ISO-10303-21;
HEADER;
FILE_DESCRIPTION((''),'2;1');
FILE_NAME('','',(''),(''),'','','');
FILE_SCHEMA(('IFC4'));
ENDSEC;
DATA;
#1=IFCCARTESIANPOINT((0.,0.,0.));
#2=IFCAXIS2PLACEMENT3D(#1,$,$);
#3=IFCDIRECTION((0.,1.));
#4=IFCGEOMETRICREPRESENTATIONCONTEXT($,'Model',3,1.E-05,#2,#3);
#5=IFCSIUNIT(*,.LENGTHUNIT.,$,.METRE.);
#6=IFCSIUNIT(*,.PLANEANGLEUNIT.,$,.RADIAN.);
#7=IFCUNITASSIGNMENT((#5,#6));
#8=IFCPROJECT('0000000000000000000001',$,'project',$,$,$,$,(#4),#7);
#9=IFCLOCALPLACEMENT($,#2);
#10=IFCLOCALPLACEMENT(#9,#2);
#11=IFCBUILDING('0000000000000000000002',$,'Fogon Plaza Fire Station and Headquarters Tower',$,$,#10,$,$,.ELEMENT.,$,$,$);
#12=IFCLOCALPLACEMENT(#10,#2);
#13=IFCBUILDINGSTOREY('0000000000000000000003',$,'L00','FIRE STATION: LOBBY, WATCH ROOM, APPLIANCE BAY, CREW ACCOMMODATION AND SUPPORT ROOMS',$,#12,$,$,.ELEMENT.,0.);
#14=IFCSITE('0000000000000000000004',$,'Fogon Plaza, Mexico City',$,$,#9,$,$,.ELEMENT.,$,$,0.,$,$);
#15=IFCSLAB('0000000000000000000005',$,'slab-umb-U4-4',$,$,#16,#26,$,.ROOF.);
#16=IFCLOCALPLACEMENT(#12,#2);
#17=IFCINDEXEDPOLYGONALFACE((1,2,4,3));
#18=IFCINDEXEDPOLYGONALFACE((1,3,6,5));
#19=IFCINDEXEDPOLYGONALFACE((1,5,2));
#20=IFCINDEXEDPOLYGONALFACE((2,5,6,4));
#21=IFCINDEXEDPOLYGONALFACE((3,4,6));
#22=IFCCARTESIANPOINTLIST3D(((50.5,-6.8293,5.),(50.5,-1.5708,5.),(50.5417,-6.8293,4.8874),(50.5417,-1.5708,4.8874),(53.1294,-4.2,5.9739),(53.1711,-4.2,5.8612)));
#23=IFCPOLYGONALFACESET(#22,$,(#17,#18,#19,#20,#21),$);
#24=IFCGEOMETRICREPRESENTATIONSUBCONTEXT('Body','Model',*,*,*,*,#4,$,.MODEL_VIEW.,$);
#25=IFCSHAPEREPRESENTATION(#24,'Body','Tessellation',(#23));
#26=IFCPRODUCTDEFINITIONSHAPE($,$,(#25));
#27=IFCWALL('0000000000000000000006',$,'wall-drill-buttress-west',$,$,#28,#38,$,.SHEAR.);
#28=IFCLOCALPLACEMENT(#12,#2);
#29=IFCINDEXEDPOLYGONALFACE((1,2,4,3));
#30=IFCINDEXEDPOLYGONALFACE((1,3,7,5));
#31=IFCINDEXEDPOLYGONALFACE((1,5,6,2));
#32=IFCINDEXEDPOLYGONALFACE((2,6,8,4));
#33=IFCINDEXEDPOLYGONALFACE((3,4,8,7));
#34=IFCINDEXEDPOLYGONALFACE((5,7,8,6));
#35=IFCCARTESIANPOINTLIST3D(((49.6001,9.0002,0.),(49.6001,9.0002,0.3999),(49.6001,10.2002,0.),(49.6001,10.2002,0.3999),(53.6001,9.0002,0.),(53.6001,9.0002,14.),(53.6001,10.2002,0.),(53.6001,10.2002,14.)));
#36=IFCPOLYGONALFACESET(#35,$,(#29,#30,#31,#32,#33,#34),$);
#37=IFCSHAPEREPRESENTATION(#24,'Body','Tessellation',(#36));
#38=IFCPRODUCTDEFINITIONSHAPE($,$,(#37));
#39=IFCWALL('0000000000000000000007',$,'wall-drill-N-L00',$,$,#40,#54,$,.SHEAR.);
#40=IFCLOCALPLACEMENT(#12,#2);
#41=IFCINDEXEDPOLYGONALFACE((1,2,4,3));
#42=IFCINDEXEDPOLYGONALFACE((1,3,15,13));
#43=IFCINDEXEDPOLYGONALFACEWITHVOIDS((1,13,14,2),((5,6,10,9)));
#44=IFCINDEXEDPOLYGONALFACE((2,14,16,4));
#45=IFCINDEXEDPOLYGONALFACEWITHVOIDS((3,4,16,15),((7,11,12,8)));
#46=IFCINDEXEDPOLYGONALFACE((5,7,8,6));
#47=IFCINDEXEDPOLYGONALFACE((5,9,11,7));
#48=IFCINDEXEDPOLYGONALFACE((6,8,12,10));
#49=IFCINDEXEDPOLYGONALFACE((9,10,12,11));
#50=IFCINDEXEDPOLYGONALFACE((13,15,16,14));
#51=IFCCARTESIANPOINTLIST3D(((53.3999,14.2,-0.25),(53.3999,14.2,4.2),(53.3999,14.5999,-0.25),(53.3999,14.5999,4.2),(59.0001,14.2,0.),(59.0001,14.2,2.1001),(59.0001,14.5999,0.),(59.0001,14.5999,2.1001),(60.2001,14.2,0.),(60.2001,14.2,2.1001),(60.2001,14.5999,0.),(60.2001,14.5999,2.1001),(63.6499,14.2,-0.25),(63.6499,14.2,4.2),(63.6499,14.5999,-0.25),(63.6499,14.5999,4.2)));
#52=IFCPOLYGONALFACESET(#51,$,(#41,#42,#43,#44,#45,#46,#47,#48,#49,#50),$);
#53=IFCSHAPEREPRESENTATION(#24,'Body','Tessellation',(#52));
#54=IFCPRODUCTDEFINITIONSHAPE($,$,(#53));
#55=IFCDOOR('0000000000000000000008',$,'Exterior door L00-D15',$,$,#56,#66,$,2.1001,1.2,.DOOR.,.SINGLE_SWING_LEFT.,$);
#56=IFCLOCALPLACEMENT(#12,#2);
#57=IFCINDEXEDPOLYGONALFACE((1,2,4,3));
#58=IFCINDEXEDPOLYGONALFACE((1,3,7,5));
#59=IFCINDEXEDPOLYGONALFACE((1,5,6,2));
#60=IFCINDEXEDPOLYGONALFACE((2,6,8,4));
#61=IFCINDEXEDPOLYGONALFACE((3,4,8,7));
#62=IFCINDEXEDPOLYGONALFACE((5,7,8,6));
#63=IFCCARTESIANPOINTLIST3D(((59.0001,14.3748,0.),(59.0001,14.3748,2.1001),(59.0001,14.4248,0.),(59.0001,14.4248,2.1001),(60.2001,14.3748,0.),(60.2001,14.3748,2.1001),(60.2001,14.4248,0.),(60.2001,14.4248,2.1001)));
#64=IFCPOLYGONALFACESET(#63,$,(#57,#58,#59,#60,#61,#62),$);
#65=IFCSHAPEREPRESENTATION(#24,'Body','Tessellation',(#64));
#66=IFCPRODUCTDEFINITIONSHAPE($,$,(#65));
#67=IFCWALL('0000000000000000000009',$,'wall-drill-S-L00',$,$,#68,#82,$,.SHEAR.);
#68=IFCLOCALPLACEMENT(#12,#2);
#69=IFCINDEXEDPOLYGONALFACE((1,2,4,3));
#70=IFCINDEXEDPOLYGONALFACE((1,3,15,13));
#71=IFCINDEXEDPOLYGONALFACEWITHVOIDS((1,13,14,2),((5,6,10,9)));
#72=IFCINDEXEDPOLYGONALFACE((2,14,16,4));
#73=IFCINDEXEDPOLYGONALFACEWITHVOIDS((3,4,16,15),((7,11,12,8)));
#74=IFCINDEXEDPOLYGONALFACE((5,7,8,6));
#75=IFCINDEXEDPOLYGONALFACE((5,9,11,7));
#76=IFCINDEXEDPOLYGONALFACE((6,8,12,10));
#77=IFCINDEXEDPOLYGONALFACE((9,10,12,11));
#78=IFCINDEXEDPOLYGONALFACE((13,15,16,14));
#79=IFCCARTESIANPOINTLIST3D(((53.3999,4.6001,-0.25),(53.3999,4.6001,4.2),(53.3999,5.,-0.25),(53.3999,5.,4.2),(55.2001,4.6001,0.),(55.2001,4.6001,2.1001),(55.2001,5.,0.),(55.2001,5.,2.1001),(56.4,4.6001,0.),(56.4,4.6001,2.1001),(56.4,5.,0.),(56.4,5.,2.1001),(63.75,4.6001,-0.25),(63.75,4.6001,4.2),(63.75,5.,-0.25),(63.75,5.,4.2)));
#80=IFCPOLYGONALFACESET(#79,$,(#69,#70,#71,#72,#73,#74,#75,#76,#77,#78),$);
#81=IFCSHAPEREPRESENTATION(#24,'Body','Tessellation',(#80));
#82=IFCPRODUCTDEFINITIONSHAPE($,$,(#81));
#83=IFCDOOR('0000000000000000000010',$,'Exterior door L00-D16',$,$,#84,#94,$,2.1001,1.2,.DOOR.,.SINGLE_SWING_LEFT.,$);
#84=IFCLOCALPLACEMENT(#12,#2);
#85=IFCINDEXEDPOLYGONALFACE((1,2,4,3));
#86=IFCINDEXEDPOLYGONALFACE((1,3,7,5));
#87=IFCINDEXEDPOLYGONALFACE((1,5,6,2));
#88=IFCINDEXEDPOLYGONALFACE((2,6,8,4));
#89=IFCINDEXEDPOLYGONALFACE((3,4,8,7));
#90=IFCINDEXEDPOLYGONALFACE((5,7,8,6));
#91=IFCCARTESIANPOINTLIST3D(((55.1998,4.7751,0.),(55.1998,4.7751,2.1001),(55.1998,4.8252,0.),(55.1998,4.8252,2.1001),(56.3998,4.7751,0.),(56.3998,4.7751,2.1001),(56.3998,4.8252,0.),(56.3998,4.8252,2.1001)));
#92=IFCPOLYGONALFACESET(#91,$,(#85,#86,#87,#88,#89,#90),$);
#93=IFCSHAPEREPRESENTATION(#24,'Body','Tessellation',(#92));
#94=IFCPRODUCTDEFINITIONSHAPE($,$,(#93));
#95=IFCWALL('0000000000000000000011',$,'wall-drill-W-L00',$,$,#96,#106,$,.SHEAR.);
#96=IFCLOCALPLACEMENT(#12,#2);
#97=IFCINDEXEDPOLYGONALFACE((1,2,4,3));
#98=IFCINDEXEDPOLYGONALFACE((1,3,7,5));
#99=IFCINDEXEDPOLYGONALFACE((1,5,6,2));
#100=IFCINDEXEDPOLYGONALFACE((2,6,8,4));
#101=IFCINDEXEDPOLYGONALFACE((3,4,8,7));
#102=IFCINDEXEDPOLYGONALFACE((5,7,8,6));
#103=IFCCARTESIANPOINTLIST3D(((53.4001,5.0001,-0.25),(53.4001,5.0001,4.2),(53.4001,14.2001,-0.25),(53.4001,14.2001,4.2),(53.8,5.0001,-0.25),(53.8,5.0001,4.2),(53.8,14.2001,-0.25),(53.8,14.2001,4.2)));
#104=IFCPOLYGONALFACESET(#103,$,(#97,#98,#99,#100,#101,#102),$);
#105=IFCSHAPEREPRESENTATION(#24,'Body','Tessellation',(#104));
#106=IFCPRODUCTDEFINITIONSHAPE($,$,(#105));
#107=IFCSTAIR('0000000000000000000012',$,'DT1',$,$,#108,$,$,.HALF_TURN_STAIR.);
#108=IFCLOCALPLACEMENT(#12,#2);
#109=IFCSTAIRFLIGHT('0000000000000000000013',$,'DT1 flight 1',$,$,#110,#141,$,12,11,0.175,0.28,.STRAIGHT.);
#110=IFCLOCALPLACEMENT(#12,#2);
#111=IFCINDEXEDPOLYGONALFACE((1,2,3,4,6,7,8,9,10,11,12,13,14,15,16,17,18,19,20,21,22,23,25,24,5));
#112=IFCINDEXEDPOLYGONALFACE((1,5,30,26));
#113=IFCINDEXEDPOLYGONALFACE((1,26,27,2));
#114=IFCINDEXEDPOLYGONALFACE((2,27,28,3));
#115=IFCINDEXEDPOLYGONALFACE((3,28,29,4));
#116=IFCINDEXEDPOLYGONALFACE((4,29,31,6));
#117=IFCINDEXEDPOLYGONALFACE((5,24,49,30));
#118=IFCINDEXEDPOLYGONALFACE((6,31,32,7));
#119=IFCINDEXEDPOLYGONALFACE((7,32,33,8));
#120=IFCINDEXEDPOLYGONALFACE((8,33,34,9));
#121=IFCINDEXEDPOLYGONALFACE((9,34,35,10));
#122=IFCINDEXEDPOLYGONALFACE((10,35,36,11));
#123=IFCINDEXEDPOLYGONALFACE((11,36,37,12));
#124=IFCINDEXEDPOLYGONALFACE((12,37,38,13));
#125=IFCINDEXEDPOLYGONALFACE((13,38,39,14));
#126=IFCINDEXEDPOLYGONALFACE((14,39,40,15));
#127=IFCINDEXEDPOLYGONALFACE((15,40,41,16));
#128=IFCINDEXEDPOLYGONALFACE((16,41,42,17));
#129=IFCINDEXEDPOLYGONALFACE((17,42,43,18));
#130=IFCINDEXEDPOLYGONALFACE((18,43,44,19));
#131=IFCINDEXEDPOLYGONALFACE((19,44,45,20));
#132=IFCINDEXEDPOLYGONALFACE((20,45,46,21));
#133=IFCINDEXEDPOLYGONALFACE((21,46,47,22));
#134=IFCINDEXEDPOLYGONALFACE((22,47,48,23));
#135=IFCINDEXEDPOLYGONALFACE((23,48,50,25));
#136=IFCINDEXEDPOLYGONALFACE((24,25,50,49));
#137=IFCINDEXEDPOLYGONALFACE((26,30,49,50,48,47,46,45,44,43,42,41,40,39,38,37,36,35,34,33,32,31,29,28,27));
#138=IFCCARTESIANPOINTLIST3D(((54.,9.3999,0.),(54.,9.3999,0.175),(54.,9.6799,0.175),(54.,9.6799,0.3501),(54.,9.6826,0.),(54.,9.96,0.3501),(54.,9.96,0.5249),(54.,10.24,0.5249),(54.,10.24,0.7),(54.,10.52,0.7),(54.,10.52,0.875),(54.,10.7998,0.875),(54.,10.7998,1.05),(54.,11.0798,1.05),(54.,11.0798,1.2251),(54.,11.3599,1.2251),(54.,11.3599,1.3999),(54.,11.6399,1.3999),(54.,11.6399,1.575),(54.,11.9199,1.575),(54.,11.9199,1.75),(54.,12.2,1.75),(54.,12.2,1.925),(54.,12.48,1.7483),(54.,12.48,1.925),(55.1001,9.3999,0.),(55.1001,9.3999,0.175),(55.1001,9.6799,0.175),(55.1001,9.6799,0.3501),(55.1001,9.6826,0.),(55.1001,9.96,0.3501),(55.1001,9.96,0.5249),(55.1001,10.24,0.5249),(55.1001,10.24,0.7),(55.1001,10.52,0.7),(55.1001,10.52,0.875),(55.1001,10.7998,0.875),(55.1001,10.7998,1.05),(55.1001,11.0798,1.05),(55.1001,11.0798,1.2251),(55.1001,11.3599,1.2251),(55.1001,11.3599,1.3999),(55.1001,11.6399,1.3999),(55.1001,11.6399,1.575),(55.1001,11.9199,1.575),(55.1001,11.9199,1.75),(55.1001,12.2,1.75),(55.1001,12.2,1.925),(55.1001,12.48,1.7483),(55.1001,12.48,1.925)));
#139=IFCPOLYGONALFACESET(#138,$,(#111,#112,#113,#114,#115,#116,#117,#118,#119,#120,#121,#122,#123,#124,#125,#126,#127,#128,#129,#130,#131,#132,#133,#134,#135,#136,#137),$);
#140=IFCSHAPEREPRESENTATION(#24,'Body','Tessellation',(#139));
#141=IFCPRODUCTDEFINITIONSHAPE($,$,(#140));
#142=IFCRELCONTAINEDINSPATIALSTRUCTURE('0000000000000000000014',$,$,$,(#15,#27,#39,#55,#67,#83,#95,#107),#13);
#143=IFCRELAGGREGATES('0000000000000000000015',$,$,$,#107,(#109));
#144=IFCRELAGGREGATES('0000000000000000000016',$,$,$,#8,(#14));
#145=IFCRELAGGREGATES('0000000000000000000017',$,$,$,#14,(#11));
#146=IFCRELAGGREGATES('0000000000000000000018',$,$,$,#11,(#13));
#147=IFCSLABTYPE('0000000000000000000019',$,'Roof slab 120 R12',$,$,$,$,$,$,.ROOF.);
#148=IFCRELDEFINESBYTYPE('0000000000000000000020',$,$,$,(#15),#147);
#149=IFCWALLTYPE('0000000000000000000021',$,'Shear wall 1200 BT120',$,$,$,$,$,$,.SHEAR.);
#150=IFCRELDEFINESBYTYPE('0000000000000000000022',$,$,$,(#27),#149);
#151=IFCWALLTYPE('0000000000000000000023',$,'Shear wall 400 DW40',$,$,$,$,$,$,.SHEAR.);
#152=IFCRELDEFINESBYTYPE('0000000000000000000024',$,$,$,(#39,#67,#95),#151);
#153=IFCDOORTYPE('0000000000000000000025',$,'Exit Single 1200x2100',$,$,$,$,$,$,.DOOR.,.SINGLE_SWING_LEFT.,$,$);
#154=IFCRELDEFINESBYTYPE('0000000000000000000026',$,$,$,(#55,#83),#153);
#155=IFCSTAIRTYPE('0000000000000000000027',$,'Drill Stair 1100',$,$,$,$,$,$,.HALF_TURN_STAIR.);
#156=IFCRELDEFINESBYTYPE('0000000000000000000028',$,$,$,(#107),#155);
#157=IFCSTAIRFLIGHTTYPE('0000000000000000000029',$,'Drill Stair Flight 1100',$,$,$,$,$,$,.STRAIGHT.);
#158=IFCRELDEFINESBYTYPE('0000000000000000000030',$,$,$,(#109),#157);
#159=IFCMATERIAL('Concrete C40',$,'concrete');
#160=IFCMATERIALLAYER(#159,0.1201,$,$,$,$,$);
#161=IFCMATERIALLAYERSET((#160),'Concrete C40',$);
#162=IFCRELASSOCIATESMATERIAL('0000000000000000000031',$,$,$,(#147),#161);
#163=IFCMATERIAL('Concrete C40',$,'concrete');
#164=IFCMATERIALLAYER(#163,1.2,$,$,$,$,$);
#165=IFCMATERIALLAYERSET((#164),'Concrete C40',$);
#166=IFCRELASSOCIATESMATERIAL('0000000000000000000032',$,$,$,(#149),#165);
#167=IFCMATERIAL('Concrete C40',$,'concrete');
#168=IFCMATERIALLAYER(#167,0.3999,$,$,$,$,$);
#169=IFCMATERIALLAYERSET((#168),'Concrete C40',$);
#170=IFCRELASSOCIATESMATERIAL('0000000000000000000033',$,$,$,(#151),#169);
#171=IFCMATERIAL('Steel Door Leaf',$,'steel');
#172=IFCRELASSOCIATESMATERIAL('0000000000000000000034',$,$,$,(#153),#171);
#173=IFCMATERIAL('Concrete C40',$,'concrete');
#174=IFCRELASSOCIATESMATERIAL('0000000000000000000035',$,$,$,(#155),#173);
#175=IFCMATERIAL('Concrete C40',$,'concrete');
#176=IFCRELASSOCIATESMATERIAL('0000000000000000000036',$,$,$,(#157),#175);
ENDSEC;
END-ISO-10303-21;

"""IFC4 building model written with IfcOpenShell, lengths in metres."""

from ifc_helpers import new_model, si_unit, direction, frame, frame_2d, origin, place, context, subcontext, project, spatial, polyline, rectangle, outline, extrude, material, layer, layer_set, type_object, element, fill, aggregate, save


model = new_model("IFC4")

# Units and contexts
model_context = context("Model", 3, precision=1e-05, world=origin(), true_north=direction((0.0, 1.0)))
body_context = subcontext(model_context, "Body", "Model", "MODEL_VIEW")
ifc_project = project(units=[si_unit("LENGTHUNIT", "METRE"), si_unit("PLANEANGLEUNIT", "RADIAN")], contexts=[model_context])

# Site, building, storey
site_placement = place(None, origin())
site = spatial("IfcSite", under=ifc_project, at=site_placement, Name="Fogon Plaza, Mexico City", CompositionType="ELEMENT", RefElevation=0.0)
building_placement = place(site_placement, origin())
building = spatial("IfcBuilding", under=site, at=building_placement, Name="Fogon Plaza Fire Station and Headquarters Tower", CompositionType="ELEMENT")
storey_placement = place(building_placement, origin())
storey = spatial("IfcBuildingStorey", under=building, at=storey_placement, Name="L00", Description="FIRE STATION: LOBBY, WATCH ROOM, APPLIANCE BAY, CREW ACCOMMODATION AND SUPPORT ROOMS", CompositionType="ELEMENT", Elevation=0.0)

# Slab
ifc_material_1 = material(Name="Concrete C40", Category="concrete")
ifc_layer_1 = layer(ifc_material_1, 0.1201)
ifc_layer_set_1 = layer_set([ifc_layer_1], Name="Concrete C40")
slab_type = type_object("IfcSlabType", Name="Roof slab 120 R12", PredefinedType="ROOF", material=ifc_layer_set_1)
for number, where, z_axis, x_axis, name in (
    (1, (50.5, -1.5708, 5.0), (-0.347323, 0.0, 0.937746), (0.684066, -0.684003, 0.253365), "slab-umb-U4-4"),
):
    element("IfcSlab", number, at=place(storey_placement, frame(where, z_axis=z_axis, x_axis=x_axis)), inside=storey, type_object=slab_type, Name=name, PredefinedType="ROOF", context=body_context, shape_type="SweptSolid", body=[
        extrude(outline(polyline([(0.0, 0.0), (3.8438, 0.0), (3.5969, -3.836), (0.0, 0.0)])), origin(), (0.0, 0.0, -1.0), 0.1201),
    ])

# Wall
ifc_material_2 = material(Name="Concrete C40", Category="concrete")
ifc_layer_2 = layer(ifc_material_2, 1.2)
ifc_layer_set_2 = layer_set([ifc_layer_2], Name="Concrete C40")
wall_type_1 = type_object("IfcWallType", Name="Shear wall 1200 BT120", PredefinedType="SHEAR", material=ifc_layer_set_2)
wall_1_placement = place(storey_placement, frame((49.6001, 9.6001, 0.0), z_axis=(0.0, 0.0, 1.0), x_axis=(1.0, 0.0, 0.0)))
element("IfcWall", 2, at=wall_1_placement, inside=storey, type_object=wall_type_1, Name="wall-drill-buttress-west", PredefinedType="SHEAR", context=body_context, shape_type="SweptSolid", body=[
    extrude(outline(polyline([(0.0, 0.0), (4.0, 0.0), (4.0, 14.0), (0.0, 0.3999), (0.0, 0.0)])), frame((0.0, 0.6001, 0.0), z_axis=(0.0, -1.0, 0.0), x_axis=(1.0, 0.0, 0.0)), (0.0, 0.0, 1.0), 1.2),
])

# Walls, openings, doors
ifc_material_3 = material(Name="Concrete C40", Category="concrete")
ifc_layer_3 = layer(ifc_material_3, 0.3999)
ifc_layer_set_3 = layer_set([ifc_layer_3], Name="Concrete C40")
wall_type_2 = type_object("IfcWallType", Name="Shear wall 400 DW40", PredefinedType="SHEAR", material=ifc_layer_set_3)
wall_2_placement = place(storey_placement, frame((53.3999, 14.3999, -0.25), z_axis=(0.0, 0.0, 1.0), x_axis=(1.0, 0.0, 0.0)))
wall_2 = element("IfcWall", 3, at=wall_2_placement, inside=storey, type_object=wall_type_2, Name="wall-drill-N-L00", PredefinedType="SHEAR", context=body_context, shape_type="SweptSolid", body=[
    extrude(rectangle(XDim=10.25, YDim=0.3999, at=frame_2d((5.125, 0.0))), origin(), (0.0, 0.0, 1.0), 4.45),
])
opening_1_placement = place(wall_2_placement, frame((5.6001, 0.0, 0.25)))
opening_1 = element("IfcOpeningElement", 4, at=opening_1_placement, cuts=wall_2, PredefinedType="OPENING", context=body_context, shape_type="SweptSolid", body=[
    extrude(rectangle(XDim=1.2, YDim=2.1001, at=frame_2d((0.6001, 1.05))), frame((0.0, 0.21, 0.0), z_axis=(0.0, -1.0, 0.0), x_axis=(1.0, 0.0, 0.0)), (0.0, 0.0, 1.0), 0.4199),
])
ifc_material_4 = material(Name="Steel Door Leaf", Category="steel")
door_type = type_object("IfcDoorType", Name="Exit Single 1200x2100", OperationType="SINGLE_SWING_LEFT", PredefinedType="DOOR", material=ifc_material_4)
door_1_placement = place(opening_1_placement, origin())
door_1 = element("IfcDoor", 5, at=door_1_placement, inside=storey, type_object=door_type, Name="Exterior door L00-D15", OperationType="SINGLE_SWING_LEFT", OverallHeight=2.1001, OverallWidth=1.2, PredefinedType="DOOR", context=body_context, shape_type="SweptSolid", body=[
    extrude(rectangle(XDim=1.2, YDim=2.1001, at=frame_2d((0.6001, 1.05))), frame((0.0, 0.0249, 0.0), z_axis=(0.0, -1.0, 0.0), x_axis=(1.0, 0.0, 0.0)), (0.0, 0.0, 1.0), 0.05),
])
fill(opening_1, door_1)
wall_3_placement = place(storey_placement, frame((53.3999, 4.8, -0.25), z_axis=(0.0, 0.0, 1.0), x_axis=(1.0, 0.0, 0.0)))
wall_3 = element("IfcWall", 6, at=wall_3_placement, inside=storey, type_object=wall_type_2, Name="wall-drill-S-L00", PredefinedType="SHEAR", context=body_context, shape_type="SweptSolid", body=[
    extrude(rectangle(XDim=10.3501, YDim=0.3999, at=frame_2d((5.175, 0.0))), origin(), (0.0, 0.0, 1.0), 4.45),
])
opening_2_placement = place(wall_3_placement, frame((1.8, 0.0, 0.25)))
opening_2 = element("IfcOpeningElement", 7, at=opening_2_placement, cuts=wall_3, PredefinedType="OPENING", context=body_context, shape_type="SweptSolid", body=[
    extrude(rectangle(XDim=1.2, YDim=2.1001, at=frame_2d((0.6001, 1.05))), frame((0.0, 0.21, 0.0), z_axis=(0.0, -1.0, 0.0), x_axis=(1.0, 0.0, 0.0)), (0.0, 0.0, 1.0), 0.4199),
])
door_2_placement = place(opening_2_placement, frame((1.2, 0.0, 0.0), z_axis=(0.0, 0.0, 1.0), x_axis=(-1.0, 0.0, 0.0)))
door_2 = element("IfcDoor", 8, at=door_2_placement, inside=storey, type_object=door_type, Name="Exterior door L00-D16", OperationType="SINGLE_SWING_LEFT", OverallHeight=2.1001, OverallWidth=1.2, PredefinedType="DOOR", context=body_context, shape_type="SweptSolid", body=[
    extrude(rectangle(XDim=1.2, YDim=2.1001, at=frame_2d((0.6001, 1.05))), frame((0.0, 0.0249, 0.0), z_axis=(0.0, -1.0, 0.0), x_axis=(1.0, 0.0, 0.0)), (0.0, 0.0, 1.0), 0.05),
])
fill(opening_2, door_2)

# Wall
wall_4_placement = place(storey_placement, frame((53.6001, 5.0, -0.25), z_axis=(0.0, 0.0, 1.0), x_axis=(0.0, 1.0, 0.0)))
element("IfcWall", 9, at=wall_4_placement, inside=storey, type_object=wall_type_2, Name="wall-drill-W-L00", PredefinedType="SHEAR", context=body_context, shape_type="SweptSolid", body=[
    extrude(rectangle(XDim=9.2, YDim=0.3999, at=frame_2d((4.6001, 0.0))), origin(), (0.0, 0.0, 1.0), 4.45),
])

# Stair, stair flight
ifc_material_5 = material(Name="Concrete C40", Category="concrete")
stair_type = type_object("IfcStairType", Name="Drill Stair 1100", PredefinedType="HALF_TURN_STAIR", material=ifc_material_5)
stair_placement = place(storey_placement, origin())
stair = element("IfcStair", 10, at=stair_placement, inside=storey, type_object=stair_type, Name="DT1", PredefinedType="HALF_TURN_STAIR")
ifc_material_6 = material(Name="Concrete C40", Category="concrete")
stair_flight_type = type_object("IfcStairFlightType", Name="Drill Stair Flight 1100", PredefinedType="STRAIGHT", material=ifc_material_6)
stair_flight_placement = place(storey_placement, frame((54.55, 9.3999, 0.0), z_axis=(0.0, 0.0, 1.0), x_axis=(0.0, 1.0, 0.0)))
stair_flight = element("IfcStairFlight", 11, at=stair_flight_placement, type_object=stair_flight_type, Name="DT1 flight 1", NumberOfRisers=12, NumberOfTreads=11, PredefinedType="STRAIGHT", RiserHeight=0.175, TreadLength=0.28, context=body_context, shape_type="SweptSolid", body=[
    extrude(outline(polyline([(0.0, 0.0), (0.0, 0.175), (0.28, 0.175), (0.28, 0.3501), (0.5601, 0.3501), (0.5601, 0.5249), (0.8401, 0.5249), (0.8401, 0.7), (1.1201, 0.7), (1.1201, 0.875), (1.3999, 0.875), (1.3999, 1.05), (1.6799, 1.05), (1.6799, 1.2251), (1.96, 1.2251), (1.96, 1.3999), (2.24, 1.3999), (2.24, 1.575), (2.52, 1.575), (2.52, 1.75), (2.8, 1.75), (2.8, 1.925), (3.0801, 1.925), (3.0801, 2.1001), (3.0801, 1.7483), (0.2827, 0.0), (0.0, 0.0)])), frame((0.0, 0.55, 0.0), z_axis=(0.0, -1.0, 0.0), x_axis=(1.0, 0.0, 0.0)), (0.0, 0.0, 1.0), 1.1001),
])
aggregate(stair, [stair_flight])

save(model, "model.ifc")
